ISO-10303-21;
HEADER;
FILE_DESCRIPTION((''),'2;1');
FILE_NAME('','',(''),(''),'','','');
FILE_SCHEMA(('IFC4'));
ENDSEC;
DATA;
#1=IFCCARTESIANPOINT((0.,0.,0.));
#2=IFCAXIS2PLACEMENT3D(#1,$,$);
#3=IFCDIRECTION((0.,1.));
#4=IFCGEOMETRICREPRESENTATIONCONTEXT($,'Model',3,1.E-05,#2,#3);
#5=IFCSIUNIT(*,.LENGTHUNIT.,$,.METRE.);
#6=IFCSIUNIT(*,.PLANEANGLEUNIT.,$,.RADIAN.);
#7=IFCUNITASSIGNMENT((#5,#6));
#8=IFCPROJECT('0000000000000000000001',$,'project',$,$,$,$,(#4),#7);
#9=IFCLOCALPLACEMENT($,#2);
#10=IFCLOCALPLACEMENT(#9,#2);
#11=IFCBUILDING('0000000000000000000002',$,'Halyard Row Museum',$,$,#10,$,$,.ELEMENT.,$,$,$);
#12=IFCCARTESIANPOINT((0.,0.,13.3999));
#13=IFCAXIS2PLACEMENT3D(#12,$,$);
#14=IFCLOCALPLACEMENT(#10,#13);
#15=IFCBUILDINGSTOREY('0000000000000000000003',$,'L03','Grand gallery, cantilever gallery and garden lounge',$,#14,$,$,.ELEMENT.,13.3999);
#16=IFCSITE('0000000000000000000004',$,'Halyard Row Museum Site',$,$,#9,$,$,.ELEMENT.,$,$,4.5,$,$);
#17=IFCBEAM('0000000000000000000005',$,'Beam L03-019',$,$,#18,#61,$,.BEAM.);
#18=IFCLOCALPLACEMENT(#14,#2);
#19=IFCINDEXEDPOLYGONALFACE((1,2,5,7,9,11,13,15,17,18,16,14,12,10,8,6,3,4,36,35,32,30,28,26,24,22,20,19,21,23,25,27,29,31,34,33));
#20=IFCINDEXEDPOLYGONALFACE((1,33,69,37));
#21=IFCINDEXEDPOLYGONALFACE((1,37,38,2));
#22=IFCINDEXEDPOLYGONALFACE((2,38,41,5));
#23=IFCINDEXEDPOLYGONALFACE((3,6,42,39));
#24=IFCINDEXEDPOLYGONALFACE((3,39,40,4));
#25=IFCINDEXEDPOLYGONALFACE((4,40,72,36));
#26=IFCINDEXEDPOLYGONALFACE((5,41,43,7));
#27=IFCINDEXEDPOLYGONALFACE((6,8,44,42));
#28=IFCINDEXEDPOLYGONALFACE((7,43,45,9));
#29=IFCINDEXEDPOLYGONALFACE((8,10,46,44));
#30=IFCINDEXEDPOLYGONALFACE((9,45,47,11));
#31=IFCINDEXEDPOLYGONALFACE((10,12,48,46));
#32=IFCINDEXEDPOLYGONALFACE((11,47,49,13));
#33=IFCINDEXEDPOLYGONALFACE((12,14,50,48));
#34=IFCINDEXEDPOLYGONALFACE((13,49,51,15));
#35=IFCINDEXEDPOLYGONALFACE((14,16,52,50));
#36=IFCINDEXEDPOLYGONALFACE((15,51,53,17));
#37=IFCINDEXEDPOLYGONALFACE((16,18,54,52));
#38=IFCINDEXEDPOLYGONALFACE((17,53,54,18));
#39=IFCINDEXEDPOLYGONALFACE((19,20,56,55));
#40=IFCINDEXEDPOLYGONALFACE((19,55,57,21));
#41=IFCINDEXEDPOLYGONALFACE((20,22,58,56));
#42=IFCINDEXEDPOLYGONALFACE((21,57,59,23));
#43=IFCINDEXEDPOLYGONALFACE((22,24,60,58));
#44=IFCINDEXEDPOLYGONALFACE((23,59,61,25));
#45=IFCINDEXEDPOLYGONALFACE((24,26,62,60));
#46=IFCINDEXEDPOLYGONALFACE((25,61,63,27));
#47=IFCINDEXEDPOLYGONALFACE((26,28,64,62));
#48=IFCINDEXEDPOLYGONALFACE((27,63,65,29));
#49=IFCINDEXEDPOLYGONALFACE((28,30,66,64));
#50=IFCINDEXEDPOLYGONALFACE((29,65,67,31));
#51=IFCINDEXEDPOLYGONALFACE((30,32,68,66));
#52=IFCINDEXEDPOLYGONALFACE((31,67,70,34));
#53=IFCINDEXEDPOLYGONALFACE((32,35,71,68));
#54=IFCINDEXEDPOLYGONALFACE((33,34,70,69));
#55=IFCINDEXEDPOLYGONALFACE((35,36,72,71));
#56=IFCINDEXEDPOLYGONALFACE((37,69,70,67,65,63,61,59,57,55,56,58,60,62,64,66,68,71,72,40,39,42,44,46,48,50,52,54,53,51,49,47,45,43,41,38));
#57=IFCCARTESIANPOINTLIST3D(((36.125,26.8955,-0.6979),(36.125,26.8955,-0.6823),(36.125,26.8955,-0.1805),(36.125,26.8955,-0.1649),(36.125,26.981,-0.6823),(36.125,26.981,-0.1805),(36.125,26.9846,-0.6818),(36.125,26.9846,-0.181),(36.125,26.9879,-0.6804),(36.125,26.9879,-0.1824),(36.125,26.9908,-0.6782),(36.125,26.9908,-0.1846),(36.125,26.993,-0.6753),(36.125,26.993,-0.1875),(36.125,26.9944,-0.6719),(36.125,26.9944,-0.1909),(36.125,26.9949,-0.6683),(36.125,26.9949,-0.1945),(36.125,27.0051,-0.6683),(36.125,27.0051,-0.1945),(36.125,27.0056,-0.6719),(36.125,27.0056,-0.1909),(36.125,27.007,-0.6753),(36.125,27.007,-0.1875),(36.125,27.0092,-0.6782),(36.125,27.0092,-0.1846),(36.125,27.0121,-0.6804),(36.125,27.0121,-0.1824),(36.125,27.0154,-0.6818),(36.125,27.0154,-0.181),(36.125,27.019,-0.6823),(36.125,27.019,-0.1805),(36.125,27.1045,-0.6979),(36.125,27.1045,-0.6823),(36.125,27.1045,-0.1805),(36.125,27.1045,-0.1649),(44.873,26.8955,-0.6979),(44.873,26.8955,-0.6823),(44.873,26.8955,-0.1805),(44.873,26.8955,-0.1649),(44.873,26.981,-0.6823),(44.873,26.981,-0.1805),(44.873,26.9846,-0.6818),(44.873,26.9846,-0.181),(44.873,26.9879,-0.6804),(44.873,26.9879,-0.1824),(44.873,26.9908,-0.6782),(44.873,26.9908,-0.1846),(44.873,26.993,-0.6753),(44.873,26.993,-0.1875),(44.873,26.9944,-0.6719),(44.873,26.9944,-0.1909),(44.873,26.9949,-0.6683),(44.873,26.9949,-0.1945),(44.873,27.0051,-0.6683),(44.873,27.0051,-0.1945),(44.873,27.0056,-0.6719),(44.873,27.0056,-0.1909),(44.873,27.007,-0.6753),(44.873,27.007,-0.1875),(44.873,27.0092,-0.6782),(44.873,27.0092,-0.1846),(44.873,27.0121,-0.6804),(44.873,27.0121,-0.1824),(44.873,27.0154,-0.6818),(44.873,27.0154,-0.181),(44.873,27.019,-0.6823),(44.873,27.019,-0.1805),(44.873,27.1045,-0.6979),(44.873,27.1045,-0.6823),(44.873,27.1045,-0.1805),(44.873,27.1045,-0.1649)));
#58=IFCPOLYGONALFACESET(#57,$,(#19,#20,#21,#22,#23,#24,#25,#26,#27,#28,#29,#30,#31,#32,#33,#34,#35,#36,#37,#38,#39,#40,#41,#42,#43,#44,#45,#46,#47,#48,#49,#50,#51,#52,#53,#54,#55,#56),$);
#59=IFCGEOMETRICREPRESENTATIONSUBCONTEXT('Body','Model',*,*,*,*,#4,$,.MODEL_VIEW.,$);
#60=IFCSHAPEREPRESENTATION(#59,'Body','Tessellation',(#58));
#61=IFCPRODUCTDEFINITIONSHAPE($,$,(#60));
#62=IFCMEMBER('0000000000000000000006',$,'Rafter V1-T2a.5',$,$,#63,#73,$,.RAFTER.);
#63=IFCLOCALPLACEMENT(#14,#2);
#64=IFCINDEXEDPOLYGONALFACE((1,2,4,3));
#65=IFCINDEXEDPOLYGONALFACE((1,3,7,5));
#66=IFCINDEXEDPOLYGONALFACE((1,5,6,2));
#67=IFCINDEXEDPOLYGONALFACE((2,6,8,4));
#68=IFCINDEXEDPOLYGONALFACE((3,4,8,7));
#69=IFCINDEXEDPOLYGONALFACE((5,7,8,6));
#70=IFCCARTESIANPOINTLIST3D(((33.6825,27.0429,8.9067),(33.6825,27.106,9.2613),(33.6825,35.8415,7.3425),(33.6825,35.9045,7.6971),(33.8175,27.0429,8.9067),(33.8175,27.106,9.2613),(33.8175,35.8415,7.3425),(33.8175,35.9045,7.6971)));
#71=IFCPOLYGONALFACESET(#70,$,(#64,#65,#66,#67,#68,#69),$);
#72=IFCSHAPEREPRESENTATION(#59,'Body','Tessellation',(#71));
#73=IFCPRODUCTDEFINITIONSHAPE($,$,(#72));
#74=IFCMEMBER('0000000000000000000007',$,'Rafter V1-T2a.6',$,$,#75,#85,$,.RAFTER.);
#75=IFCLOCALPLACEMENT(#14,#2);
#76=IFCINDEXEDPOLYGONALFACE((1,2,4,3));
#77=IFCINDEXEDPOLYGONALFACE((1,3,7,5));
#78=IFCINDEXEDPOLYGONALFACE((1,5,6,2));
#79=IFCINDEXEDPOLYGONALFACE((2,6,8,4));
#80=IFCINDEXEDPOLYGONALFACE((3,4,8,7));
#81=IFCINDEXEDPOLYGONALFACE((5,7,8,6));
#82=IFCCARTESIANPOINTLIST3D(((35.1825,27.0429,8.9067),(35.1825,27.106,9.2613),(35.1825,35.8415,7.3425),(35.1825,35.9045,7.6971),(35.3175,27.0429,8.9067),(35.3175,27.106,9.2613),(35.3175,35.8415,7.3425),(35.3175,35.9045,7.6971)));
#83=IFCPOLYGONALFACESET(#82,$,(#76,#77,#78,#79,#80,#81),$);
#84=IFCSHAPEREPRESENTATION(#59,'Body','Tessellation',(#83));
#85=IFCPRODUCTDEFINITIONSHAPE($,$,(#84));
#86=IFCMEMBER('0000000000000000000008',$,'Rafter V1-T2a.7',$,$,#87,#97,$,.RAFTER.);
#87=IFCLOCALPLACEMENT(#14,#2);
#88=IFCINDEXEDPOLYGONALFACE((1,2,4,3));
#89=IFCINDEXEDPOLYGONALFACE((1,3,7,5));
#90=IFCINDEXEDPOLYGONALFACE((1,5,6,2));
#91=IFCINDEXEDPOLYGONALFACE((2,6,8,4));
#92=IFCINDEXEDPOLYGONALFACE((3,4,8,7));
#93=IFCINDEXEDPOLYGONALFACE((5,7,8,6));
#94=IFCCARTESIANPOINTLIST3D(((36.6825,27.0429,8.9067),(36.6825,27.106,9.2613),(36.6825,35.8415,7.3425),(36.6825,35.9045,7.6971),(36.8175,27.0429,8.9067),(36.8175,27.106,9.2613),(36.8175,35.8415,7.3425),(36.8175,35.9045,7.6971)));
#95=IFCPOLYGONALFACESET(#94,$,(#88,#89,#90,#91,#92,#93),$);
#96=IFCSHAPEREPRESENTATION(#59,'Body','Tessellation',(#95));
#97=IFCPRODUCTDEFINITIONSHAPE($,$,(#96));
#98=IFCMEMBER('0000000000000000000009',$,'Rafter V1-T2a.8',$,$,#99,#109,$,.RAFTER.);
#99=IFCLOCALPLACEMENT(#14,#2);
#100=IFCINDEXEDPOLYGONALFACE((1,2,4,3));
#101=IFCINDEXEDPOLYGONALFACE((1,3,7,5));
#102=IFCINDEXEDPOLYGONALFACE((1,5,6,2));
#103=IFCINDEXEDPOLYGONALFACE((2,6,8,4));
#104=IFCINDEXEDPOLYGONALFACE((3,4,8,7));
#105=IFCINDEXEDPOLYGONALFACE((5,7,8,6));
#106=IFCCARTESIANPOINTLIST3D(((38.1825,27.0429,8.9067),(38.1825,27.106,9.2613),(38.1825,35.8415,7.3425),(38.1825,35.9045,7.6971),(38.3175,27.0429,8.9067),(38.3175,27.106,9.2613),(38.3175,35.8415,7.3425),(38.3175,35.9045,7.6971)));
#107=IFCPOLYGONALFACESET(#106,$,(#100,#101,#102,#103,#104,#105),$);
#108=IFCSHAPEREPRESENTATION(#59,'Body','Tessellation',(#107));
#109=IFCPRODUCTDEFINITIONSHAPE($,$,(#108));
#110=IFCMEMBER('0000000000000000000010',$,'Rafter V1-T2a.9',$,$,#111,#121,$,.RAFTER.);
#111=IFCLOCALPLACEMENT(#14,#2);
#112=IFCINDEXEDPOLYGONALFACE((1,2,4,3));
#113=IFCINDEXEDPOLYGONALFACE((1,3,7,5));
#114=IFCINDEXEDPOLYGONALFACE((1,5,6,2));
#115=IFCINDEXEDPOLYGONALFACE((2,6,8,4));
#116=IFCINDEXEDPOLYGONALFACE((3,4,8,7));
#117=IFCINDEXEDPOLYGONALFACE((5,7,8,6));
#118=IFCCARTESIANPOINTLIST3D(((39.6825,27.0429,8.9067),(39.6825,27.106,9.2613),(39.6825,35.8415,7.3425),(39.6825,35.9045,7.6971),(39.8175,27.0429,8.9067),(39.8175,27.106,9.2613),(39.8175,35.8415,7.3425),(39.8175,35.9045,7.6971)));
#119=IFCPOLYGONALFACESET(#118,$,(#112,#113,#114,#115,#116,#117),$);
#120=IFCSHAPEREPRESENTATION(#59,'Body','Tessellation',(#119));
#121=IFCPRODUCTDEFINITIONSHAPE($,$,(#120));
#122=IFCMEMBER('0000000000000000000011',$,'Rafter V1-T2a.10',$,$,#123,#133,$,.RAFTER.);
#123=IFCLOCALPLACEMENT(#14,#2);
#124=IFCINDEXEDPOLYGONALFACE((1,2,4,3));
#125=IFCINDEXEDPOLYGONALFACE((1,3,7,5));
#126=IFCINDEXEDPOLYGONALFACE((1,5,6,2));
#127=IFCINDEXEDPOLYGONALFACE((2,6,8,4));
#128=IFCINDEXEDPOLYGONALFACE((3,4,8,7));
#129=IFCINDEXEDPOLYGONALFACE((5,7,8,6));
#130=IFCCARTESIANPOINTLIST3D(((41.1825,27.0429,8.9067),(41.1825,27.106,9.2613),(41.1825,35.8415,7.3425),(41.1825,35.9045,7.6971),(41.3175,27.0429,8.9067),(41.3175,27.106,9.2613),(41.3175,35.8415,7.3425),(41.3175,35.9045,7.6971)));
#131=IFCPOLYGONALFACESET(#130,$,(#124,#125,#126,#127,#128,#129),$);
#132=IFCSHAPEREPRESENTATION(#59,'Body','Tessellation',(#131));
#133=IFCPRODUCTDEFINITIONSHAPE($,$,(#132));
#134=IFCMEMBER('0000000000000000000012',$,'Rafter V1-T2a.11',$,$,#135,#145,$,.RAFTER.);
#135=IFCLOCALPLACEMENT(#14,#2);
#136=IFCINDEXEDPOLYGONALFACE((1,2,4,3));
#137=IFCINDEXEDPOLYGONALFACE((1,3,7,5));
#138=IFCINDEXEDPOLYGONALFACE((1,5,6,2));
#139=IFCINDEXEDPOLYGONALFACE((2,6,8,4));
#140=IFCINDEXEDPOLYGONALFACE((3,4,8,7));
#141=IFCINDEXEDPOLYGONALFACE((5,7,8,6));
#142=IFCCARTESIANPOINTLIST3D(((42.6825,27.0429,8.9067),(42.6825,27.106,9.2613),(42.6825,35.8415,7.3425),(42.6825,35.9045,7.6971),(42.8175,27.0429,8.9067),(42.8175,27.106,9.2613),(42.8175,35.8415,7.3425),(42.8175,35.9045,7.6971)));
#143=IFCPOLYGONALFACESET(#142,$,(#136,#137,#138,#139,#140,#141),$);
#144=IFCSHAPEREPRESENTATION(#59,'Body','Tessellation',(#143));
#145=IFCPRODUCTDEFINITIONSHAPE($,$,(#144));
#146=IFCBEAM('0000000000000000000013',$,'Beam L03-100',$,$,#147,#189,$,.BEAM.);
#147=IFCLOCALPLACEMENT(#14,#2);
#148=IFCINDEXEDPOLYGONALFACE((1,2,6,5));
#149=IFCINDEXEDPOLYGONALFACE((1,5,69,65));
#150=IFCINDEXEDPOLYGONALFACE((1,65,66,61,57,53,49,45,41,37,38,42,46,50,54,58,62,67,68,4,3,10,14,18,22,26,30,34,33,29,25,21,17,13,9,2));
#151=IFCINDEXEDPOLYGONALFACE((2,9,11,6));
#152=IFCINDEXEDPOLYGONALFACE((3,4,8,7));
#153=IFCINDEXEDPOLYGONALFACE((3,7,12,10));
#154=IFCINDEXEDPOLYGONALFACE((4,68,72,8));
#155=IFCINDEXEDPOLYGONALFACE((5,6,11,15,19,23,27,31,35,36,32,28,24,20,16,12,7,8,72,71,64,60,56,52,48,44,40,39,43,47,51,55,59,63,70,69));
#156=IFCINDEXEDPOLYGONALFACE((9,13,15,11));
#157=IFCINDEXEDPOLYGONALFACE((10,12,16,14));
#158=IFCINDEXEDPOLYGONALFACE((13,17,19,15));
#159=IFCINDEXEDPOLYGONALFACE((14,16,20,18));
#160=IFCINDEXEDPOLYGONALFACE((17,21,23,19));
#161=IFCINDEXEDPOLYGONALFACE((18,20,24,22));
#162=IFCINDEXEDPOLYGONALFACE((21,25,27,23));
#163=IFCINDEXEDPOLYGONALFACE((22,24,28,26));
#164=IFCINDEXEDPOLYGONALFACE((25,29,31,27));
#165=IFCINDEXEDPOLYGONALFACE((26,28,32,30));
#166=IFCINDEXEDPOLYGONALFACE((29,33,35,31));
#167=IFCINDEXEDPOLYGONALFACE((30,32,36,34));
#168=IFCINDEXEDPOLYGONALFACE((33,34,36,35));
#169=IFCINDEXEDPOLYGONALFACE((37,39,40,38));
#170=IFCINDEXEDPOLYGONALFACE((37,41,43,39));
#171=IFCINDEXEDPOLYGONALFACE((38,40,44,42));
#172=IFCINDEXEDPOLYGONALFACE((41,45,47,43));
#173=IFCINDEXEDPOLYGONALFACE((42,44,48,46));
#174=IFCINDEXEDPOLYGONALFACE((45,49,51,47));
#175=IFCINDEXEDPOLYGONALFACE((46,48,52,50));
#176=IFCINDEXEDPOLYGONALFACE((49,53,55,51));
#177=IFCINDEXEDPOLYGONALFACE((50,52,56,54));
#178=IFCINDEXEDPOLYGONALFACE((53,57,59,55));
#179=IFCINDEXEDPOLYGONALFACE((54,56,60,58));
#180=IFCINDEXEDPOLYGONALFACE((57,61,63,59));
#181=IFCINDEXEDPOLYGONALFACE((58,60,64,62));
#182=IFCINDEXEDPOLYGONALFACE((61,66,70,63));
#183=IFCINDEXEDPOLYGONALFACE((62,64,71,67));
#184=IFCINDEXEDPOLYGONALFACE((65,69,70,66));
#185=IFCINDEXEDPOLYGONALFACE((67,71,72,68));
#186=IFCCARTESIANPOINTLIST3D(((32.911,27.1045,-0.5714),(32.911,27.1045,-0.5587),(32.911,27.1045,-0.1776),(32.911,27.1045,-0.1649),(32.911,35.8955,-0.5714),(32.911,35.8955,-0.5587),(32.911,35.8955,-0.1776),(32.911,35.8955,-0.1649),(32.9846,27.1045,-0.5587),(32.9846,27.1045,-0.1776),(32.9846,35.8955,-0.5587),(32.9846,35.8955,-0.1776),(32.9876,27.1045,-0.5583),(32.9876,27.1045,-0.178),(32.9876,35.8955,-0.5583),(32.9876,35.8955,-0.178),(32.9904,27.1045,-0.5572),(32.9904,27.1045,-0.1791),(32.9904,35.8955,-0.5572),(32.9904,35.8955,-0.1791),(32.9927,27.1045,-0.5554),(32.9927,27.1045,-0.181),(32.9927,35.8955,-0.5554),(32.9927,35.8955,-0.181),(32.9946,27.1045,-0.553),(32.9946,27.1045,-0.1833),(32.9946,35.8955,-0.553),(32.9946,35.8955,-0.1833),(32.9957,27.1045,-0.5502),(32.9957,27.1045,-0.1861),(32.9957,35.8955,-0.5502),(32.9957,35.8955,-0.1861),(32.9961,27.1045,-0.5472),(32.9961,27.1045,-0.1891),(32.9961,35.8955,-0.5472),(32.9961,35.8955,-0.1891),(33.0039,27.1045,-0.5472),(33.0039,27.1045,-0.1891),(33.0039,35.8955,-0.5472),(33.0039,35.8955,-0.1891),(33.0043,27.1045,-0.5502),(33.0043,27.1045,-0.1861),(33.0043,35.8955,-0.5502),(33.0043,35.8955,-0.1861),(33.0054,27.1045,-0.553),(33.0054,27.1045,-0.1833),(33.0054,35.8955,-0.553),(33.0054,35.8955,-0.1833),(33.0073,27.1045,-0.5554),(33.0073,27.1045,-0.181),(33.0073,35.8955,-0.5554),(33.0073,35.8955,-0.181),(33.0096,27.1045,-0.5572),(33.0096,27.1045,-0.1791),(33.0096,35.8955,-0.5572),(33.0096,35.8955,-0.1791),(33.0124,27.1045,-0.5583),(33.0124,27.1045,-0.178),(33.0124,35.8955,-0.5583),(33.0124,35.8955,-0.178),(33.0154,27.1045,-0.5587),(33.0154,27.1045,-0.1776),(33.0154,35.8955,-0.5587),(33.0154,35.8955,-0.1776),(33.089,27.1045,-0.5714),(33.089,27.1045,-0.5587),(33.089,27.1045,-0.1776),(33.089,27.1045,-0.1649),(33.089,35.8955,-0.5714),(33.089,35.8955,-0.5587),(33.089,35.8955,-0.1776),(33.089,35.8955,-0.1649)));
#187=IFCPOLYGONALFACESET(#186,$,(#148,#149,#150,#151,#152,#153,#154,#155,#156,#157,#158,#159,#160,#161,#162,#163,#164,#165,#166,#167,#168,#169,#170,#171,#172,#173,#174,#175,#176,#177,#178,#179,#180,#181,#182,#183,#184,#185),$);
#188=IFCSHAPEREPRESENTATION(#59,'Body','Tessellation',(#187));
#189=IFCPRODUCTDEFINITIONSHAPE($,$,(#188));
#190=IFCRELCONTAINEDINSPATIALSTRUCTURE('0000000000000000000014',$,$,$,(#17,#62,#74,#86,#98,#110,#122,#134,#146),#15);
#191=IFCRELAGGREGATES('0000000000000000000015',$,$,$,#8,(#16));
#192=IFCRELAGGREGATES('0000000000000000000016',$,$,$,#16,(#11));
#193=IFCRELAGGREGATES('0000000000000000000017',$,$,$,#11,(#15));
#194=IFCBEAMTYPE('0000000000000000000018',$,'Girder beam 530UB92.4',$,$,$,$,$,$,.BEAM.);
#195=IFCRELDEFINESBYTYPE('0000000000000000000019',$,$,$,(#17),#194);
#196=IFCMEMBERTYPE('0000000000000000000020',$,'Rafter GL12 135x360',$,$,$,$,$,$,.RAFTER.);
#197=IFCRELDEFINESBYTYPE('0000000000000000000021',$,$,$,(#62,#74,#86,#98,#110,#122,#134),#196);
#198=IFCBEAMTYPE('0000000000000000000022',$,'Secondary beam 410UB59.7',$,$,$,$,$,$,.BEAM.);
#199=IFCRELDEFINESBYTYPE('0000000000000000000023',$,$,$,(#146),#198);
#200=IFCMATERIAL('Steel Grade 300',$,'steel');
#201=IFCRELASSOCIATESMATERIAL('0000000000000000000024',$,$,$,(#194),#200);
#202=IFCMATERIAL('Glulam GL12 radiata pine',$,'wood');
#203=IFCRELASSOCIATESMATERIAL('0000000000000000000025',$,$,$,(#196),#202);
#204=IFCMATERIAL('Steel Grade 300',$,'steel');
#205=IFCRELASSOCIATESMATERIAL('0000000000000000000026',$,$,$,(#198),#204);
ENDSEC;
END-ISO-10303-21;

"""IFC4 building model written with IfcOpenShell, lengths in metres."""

from ifc_helpers import new_model, si_unit, direction, frame, origin, origin_2d, place, context, subcontext, project, spatial, rectangle, i_section, extrude, material, material_profile, profile_set, type_object, element, save


model = new_model("IFC4")

# Units and contexts
model_context = context("Model", 3, precision=1e-05, world=origin(), true_north=direction((0.0, 1.0)))
body_context = subcontext(model_context, "Body", "Model", "MODEL_VIEW")
ifc_project = project(units=[si_unit("LENGTHUNIT", "METRE"), si_unit("PLANEANGLEUNIT", "RADIAN")], contexts=[model_context])

# Site, building, storey
site_placement = place(None, origin())
site = spatial("IfcSite", under=ifc_project, at=site_placement, Name="Halyard Row Museum Site", CompositionType="ELEMENT", RefElevation=4.5)
building_placement = place(site_placement, origin())
building = spatial("IfcBuilding", under=site, at=building_placement, Name="Halyard Row Museum", CompositionType="ELEMENT")
storey_placement = place(building_placement, frame((0.0, 0.0, 13.3999)))
storey = spatial("IfcBuildingStorey", under=building, at=storey_placement, Name="L03", Description="Grand gallery, cantilever gallery and garden lounge", CompositionType="ELEMENT", Elevation=13.3999)

# Beam
ifc_material_1 = material(Name="Steel Grade 300", Category="steel")
ifc_material_profile_1 = material_profile(ifc_material_1, i_section(OverallWidth=0.209, OverallDepth=0.533, WebThickness=0.0103, FlangeThickness=0.0156, FilletRadius=0.0139, at=origin_2d()), Name="530UB92.4")
ifc_profile_set_1 = profile_set([ifc_material_profile_1], Name="Steel Grade 300")
beam_type_1 = type_object("IfcBeamType", Name="Girder beam 530UB92.4", PredefinedType="BEAM", material=ifc_profile_set_1)
beam_placement = place(storey_placement, frame((36.125, 27.0, -0.4314), z_axis=(1.0, 0.0, 0.0), x_axis=(0.0, 1.0, 0.0)))
element("IfcBeam", 1, at=beam_placement, inside=storey, type_object=beam_type_1, Name="Beam L03-019", PredefinedType="BEAM", context=body_context, shape_type="SweptSolid", body=[
    extrude(i_section(OverallWidth=0.209, OverallDepth=0.533, WebThickness=0.0103, FlangeThickness=0.0156, FilletRadius=0.0139, at=origin_2d()), origin(), (0.0, 0.0, 1.0), 8.748),
])

# Members
ifc_material_2 = material(Name="Glulam GL12 radiata pine", Category="wood")
ifc_material_profile_2 = material_profile(ifc_material_2, rectangle(XDim=0.135, YDim=0.3601, at=origin_2d()), Name="GL12 135x360")
ifc_profile_set_2 = profile_set([ifc_material_profile_2], Name="Glulam GL12 radiata pine")
member_type_1 = type_object("IfcMemberType", Name="Rafter GL12 135x360", PredefinedType="RAFTER", material=ifc_profile_set_2)
for number, where, z_axis, x_axis, name in (
    (2, (33.75, 27.0745, 9.084), (0.0, 0.984562, -0.175035), (-1.0, 0.0, 0.0), "Rafter V1-T2a.5"),
    (3, (35.25, 27.0745, 9.084), (0.0, 0.984562, -0.175035), (-1.0, 0.0, 0.0), "Rafter V1-T2a.6"),
    (4, (36.75, 27.0745, 9.084), (0.0, 0.984562, -0.175035), (-1.0, 0.0, 0.0), "Rafter V1-T2a.7"),
    (5, (38.25, 27.0745, 9.084), (0.0, 0.984562, -0.175035), (-1.0, 0.0, 0.0), "Rafter V1-T2a.8"),
    (6, (39.75, 27.0745, 9.084), (0.0, 0.984562, -0.175035), (-1.0, 0.0, 0.0), "Rafter V1-T2a.9"),
    (7, (41.25, 27.0745, 9.084), (0.0, 0.984562, -0.175035), (-1.0, 0.0, 0.0), "Rafter V1-T2a.10"),
    (8, (42.75, 27.0745, 9.084), (0.0, 0.984562, -0.175035), (-1.0, 0.0, 0.0), "Rafter V1-T2a.11"),
):
    element("IfcMember", number, at=place(storey_placement, frame(where, z_axis=z_axis, x_axis=x_axis)), inside=storey, type_object=member_type_1, Name=name, PredefinedType="RAFTER", context=body_context, shape_type="SweptSolid", body=[
        extrude(rectangle(XDim=0.135, YDim=0.3601, at=origin_2d()), origin(), (0.0, 0.0, 1.0), 8.9365),
    ])

# Beam
ifc_material_3 = material(Name="Steel Grade 300", Category="steel")
ifc_material_profile_3 = material_profile(ifc_material_3, i_section(OverallWidth=0.178, OverallDepth=0.4065, WebThickness=0.0078, FlangeThickness=0.0127, FilletRadius=0.0115, at=origin_2d()), Name="410UB59.7")
ifc_profile_set_3 = profile_set([ifc_material_profile_3], Name="Steel Grade 300")
beam_type_2 = type_object("IfcBeamType", Name="Secondary beam 410UB59.7", PredefinedType="BEAM", material=ifc_profile_set_3)
for number, where, z_axis, x_axis, name in (
    (9, (33.0, 27.1045, -0.3682), (0.0, 1.0, 0.0), (-1.0, 0.0, 0.0), "Beam L03-100"),
):
    element("IfcBeam", number, at=place(storey_placement, frame(where, z_axis=z_axis, x_axis=x_axis)), inside=storey, type_object=beam_type_2, Name=name, PredefinedType="BEAM", context=body_context, shape_type="SweptSolid", body=[
        extrude(i_section(OverallWidth=0.178, OverallDepth=0.4065, WebThickness=0.0078, FlangeThickness=0.0127, FilletRadius=0.0115, at=origin_2d()), origin(), (0.0, 0.0, 1.0), 8.791),
    ])

save(model, "model.ifc")
